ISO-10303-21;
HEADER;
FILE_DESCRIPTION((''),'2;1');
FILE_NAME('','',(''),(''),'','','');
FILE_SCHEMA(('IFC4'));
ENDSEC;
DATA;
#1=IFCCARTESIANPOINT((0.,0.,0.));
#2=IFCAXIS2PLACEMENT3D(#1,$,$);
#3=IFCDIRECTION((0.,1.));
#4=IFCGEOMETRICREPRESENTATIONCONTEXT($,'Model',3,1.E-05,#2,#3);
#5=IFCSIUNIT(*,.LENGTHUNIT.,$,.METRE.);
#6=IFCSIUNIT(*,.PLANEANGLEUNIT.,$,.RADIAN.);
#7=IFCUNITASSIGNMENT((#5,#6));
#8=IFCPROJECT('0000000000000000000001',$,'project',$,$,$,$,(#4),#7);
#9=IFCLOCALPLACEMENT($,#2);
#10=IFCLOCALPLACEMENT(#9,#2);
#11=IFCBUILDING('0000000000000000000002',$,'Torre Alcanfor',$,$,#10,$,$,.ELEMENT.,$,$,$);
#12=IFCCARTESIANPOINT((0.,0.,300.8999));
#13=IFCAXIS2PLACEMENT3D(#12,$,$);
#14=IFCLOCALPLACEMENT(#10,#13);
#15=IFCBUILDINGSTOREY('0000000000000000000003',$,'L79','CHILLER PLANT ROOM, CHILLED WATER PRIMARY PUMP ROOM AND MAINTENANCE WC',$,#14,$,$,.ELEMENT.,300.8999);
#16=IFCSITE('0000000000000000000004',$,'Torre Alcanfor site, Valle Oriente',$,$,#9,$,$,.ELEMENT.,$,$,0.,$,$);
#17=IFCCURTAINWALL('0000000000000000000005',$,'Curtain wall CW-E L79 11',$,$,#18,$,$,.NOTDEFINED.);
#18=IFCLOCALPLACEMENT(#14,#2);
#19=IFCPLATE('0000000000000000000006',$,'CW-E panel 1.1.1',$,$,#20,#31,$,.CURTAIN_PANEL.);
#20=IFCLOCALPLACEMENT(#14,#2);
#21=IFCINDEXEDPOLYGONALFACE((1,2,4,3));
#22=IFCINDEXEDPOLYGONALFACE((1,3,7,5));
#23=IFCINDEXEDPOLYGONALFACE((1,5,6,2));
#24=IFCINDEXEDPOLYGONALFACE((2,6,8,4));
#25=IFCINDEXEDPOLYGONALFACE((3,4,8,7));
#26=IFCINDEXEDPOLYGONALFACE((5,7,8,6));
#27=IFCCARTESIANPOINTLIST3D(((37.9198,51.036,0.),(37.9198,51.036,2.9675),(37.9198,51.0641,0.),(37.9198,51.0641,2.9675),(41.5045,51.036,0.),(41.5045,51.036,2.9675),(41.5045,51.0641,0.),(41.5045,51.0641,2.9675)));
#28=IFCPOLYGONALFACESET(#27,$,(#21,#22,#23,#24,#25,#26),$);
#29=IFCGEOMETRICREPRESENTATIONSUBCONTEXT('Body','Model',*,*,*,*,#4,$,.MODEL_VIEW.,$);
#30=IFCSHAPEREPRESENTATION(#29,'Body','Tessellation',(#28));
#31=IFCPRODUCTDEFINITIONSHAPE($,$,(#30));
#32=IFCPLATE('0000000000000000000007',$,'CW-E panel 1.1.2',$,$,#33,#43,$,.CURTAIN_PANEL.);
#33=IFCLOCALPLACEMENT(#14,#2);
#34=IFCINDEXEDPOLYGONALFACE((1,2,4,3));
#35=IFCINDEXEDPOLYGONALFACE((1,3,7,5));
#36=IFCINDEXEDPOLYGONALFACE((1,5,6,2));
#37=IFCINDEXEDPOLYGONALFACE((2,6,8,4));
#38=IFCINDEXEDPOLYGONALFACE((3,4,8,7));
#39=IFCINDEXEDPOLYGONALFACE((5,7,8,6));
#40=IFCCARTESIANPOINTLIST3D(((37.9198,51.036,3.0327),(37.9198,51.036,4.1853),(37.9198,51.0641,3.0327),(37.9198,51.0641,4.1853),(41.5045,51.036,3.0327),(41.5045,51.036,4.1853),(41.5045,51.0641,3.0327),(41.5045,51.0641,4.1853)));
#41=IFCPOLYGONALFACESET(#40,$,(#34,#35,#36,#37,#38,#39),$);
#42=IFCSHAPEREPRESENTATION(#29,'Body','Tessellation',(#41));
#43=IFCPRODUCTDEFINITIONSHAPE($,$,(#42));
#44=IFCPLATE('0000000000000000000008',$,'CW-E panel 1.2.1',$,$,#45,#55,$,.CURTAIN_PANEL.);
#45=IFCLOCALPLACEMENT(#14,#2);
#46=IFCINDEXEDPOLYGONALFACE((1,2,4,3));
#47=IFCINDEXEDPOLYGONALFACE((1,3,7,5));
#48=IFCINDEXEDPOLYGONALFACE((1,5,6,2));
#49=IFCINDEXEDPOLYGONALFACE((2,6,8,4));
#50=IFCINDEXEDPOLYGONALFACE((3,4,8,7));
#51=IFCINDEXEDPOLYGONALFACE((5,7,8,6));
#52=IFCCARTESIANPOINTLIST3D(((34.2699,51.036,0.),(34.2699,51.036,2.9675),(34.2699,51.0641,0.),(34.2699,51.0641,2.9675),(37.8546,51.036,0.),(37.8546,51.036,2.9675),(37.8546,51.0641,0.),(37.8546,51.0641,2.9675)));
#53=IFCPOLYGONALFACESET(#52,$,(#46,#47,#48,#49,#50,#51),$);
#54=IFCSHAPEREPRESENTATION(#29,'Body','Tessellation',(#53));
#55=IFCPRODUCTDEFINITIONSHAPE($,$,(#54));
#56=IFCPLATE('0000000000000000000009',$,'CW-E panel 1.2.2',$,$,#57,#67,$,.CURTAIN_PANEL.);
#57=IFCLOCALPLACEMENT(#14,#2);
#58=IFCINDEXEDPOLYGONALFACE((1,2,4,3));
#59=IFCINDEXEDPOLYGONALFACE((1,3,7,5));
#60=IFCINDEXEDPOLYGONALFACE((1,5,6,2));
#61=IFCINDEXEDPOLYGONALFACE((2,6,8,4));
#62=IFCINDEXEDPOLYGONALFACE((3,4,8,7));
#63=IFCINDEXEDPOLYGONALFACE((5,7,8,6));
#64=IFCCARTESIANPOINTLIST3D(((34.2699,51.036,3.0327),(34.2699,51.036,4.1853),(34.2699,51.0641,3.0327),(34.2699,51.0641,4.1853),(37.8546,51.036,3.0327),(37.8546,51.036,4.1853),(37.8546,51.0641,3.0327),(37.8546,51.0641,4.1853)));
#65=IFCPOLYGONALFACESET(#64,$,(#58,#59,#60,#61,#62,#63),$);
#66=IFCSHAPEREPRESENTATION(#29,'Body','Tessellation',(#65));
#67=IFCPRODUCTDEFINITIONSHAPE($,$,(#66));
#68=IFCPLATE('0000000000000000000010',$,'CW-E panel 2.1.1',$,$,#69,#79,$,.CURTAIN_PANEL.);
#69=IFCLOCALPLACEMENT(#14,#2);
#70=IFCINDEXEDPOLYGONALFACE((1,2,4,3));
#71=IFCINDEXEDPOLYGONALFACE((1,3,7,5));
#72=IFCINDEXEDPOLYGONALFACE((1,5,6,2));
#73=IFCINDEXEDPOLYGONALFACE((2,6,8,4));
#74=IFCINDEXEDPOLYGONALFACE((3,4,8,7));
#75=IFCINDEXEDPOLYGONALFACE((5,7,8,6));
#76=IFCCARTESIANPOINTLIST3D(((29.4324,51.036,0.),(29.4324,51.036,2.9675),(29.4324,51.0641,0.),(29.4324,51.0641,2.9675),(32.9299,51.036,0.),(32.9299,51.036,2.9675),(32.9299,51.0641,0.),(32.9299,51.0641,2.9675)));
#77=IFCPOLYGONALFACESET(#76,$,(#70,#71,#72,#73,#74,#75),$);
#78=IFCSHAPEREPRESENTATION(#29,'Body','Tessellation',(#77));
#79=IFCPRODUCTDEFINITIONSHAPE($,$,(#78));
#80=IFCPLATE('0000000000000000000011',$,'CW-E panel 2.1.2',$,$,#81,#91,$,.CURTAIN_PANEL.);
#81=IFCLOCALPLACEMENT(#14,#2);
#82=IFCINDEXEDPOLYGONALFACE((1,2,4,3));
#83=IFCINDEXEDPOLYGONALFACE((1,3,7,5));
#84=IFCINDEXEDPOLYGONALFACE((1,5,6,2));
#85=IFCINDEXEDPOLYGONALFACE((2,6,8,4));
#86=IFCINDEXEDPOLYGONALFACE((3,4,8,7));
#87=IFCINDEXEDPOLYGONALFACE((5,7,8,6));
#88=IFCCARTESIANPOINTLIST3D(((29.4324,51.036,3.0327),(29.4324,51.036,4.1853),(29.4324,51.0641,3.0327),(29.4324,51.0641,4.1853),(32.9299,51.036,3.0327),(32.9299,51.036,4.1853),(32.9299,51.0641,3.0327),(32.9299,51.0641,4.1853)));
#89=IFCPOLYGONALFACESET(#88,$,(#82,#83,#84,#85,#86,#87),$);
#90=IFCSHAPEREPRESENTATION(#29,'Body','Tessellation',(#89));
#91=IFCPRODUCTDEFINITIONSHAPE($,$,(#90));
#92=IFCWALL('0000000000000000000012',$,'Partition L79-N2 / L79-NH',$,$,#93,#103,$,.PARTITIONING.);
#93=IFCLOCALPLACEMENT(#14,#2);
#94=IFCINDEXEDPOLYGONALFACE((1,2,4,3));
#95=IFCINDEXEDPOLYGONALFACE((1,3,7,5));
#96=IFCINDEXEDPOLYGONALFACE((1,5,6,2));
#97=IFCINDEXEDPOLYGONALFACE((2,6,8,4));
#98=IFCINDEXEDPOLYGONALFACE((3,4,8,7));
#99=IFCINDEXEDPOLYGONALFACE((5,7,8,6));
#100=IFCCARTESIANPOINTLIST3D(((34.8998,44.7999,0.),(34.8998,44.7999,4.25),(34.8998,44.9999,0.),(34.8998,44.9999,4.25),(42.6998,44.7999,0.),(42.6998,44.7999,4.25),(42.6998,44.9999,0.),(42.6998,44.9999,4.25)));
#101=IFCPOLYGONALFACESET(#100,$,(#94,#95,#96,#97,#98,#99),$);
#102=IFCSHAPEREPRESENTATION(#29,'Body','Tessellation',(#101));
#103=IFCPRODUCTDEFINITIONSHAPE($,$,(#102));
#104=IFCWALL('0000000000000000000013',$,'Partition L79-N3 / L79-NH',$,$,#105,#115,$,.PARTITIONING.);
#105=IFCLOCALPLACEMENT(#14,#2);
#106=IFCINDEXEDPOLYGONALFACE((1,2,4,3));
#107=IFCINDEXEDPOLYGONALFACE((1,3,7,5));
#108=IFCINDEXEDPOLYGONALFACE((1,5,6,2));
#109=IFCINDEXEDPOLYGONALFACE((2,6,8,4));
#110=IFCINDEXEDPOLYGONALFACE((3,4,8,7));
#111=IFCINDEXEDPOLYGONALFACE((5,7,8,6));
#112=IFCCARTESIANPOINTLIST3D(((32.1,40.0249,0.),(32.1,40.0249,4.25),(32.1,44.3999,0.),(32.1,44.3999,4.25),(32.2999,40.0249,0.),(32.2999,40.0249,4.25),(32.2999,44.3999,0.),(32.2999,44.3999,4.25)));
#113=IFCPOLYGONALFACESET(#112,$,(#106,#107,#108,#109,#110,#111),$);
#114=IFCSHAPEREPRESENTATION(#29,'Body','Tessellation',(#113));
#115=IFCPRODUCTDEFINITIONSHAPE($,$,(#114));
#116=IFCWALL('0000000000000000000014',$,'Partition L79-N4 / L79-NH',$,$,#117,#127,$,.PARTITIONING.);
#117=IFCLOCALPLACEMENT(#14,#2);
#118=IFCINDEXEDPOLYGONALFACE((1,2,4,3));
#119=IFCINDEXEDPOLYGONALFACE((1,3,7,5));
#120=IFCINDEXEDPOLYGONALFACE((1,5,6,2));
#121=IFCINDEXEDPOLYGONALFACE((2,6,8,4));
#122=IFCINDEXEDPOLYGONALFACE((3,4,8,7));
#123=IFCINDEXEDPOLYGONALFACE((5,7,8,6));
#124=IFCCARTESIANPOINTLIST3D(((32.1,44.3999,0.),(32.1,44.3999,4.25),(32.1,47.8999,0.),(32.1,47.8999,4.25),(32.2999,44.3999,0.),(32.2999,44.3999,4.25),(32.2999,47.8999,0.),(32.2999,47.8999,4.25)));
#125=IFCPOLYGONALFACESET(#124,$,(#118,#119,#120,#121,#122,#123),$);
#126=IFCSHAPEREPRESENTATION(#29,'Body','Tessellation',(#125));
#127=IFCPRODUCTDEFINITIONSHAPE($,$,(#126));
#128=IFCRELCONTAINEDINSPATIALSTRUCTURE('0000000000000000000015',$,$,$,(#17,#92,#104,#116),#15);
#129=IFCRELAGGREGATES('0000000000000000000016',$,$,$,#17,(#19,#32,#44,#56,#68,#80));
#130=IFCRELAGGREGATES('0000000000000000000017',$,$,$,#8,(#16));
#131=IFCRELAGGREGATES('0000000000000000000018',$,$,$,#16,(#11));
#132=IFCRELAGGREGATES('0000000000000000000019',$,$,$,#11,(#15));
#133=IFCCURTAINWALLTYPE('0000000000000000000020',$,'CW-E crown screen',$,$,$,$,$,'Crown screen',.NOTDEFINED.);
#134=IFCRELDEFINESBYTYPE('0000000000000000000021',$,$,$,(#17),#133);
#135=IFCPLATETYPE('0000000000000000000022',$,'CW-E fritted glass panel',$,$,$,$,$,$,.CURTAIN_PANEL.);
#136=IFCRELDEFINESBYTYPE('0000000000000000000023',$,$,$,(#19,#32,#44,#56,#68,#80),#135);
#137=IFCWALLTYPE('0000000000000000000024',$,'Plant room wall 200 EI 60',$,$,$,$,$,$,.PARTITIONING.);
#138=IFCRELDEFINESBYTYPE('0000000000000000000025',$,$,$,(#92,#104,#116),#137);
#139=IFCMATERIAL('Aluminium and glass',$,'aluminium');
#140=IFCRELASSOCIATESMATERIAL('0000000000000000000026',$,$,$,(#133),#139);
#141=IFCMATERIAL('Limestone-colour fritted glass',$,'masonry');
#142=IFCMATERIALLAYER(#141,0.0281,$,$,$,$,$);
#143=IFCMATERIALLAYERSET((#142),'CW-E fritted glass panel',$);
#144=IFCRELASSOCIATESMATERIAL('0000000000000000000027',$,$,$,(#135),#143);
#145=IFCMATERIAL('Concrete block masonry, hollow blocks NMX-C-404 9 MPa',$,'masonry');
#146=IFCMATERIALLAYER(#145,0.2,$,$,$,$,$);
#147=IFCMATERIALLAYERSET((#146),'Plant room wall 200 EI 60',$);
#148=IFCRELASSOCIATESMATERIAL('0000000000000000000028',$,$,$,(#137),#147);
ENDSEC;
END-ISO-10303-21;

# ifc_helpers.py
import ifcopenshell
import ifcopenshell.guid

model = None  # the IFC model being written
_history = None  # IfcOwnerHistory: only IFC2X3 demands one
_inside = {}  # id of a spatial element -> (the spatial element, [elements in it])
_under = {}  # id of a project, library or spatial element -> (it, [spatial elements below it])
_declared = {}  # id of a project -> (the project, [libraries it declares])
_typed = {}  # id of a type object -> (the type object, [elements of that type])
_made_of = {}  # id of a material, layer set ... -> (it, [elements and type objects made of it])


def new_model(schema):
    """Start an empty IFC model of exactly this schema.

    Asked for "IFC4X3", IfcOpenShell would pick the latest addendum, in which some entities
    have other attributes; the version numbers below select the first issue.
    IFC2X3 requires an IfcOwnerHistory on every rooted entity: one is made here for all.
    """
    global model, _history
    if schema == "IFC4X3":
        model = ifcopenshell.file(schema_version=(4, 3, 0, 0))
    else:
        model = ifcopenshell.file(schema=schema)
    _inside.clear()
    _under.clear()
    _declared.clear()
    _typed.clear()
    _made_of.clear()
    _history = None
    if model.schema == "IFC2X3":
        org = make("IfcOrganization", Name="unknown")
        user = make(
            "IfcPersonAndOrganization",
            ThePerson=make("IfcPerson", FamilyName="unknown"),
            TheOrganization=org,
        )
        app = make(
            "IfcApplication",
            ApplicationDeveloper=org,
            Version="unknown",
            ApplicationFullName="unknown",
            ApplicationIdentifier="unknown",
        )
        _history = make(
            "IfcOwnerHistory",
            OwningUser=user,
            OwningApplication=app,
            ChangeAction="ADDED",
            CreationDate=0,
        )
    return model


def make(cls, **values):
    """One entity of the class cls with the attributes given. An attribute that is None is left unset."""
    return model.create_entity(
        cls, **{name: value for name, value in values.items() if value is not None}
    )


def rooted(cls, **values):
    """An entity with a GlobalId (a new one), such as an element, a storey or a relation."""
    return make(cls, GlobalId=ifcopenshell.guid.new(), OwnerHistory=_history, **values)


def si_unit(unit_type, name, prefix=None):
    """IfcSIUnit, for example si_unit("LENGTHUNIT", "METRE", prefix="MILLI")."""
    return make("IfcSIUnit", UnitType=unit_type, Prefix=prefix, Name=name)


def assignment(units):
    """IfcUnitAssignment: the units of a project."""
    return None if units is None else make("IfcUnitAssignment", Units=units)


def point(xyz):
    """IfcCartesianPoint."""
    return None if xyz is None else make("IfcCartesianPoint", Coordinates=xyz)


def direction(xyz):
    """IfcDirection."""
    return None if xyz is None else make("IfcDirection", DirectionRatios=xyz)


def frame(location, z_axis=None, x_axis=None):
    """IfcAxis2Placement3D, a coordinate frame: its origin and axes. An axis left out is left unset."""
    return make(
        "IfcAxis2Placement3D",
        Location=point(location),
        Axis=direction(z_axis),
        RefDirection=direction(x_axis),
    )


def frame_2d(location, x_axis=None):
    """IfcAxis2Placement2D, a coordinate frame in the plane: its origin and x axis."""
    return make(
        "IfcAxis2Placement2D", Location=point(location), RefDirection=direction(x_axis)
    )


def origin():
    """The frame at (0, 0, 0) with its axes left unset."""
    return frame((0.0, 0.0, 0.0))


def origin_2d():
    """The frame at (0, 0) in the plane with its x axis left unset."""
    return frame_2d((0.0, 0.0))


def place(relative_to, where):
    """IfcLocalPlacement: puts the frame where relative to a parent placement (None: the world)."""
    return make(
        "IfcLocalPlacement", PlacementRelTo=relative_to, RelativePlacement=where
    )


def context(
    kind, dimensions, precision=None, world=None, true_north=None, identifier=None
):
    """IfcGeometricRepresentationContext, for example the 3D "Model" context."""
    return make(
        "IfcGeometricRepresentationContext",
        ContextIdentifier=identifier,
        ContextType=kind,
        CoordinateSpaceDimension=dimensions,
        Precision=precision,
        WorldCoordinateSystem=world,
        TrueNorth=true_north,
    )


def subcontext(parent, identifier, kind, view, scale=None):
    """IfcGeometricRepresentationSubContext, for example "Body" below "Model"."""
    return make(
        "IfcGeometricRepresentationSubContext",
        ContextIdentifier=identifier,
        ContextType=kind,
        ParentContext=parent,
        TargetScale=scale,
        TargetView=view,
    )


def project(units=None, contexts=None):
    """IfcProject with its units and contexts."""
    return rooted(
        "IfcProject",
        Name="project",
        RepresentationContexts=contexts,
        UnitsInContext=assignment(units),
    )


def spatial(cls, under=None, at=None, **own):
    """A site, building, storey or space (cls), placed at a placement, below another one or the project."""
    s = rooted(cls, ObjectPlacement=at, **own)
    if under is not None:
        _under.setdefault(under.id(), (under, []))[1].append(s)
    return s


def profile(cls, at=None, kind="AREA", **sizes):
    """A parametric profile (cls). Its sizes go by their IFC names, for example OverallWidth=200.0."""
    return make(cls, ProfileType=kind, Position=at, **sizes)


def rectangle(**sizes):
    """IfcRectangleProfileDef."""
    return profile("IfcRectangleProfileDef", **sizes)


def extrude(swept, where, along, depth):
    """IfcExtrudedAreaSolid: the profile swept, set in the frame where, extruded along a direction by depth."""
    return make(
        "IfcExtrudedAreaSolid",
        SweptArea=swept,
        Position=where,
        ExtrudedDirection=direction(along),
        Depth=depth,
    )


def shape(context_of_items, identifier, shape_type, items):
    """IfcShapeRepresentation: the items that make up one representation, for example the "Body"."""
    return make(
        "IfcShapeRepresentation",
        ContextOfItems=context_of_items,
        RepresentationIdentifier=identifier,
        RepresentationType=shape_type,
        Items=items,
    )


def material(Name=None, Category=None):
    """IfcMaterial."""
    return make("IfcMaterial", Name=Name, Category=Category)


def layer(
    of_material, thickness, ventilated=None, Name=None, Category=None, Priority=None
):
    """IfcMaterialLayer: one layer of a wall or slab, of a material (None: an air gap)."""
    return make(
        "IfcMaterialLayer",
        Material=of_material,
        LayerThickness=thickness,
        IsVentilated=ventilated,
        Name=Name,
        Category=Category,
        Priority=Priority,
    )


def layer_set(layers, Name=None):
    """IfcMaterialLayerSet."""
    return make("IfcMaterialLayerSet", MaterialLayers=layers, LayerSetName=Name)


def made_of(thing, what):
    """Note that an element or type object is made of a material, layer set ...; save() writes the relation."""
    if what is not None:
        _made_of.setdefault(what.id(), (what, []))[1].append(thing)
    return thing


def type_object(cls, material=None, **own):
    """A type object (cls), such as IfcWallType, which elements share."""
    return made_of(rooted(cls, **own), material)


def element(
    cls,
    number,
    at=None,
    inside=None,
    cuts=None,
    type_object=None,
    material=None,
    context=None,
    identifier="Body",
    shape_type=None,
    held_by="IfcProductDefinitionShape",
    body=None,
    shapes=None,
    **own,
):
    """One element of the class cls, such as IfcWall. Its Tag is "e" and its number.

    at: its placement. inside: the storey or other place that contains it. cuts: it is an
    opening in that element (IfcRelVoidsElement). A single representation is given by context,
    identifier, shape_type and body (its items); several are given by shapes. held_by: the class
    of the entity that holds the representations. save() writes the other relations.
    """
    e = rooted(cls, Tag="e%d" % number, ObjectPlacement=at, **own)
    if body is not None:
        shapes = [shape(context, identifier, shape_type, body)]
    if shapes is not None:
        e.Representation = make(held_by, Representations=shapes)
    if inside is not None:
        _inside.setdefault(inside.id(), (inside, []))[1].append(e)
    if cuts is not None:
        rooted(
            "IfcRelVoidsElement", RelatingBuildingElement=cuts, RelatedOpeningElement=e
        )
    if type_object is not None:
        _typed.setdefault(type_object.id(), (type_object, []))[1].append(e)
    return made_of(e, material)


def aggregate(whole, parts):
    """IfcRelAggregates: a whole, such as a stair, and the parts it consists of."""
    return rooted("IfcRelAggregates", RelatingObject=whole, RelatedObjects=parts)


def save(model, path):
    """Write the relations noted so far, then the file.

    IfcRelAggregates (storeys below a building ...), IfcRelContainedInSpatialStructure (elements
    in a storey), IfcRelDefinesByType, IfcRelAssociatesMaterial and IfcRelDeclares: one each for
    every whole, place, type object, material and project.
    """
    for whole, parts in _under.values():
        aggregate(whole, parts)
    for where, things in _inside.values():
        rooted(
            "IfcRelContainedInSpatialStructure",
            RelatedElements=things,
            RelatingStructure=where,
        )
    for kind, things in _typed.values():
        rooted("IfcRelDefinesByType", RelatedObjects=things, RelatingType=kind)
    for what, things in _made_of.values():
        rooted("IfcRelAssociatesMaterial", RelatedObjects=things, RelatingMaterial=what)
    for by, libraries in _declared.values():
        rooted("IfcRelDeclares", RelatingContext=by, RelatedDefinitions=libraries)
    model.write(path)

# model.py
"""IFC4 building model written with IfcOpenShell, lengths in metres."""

from ifc_helpers import new_model, si_unit, direction, frame, frame_2d, origin, origin_2d, place, context, subcontext, project, spatial, rectangle, extrude, material, layer, layer_set, type_object, element, aggregate, save


model = new_model("IFC4")

# Units and contexts
model_context = context("Model", 3, precision=1e-05, world=origin(), true_north=direction((0.0, 1.0)))
body_context = subcontext(model_context, "Body", "Model", "MODEL_VIEW")
ifc_project = project(units=[si_unit("LENGTHUNIT", "METRE"), si_unit("PLANEANGLEUNIT", "RADIAN")], contexts=[model_context])

# Site, building, storey
site_placement = place(None, origin())
site = spatial("IfcSite", under=ifc_project, at=site_placement, Name="Torre Alcanfor site, Valle Oriente", CompositionType="ELEMENT", RefElevation=0.0)
building_placement = place(site_placement, origin())
building = spatial("IfcBuilding", under=site, at=building_placement, Name="Torre Alcanfor", CompositionType="ELEMENT")
storey_placement = place(building_placement, frame((0.0, 0.0, 300.8999)))
storey = spatial("IfcBuildingStorey", under=building, at=storey_placement, Name="L79", Description="CHILLER PLANT ROOM, CHILLED WATER PRIMARY PUMP ROOM AND MAINTENANCE WC", CompositionType="ELEMENT", Elevation=300.8999)

# Curtain wall
ifc_material_1 = material(Name="Aluminium and glass", Category="aluminium")
curtain_wall_type = type_object("IfcCurtainWallType", Name="CW-E crown screen", ElementType="Crown screen", PredefinedType="NOTDEFINED", material=ifc_material_1)
curtain_wall_placement = place(storey_placement, origin())
curtain_wall = element("IfcCurtainWall", 1, at=curtain_wall_placement, inside=storey, type_object=curtain_wall_type, Name="Curtain wall CW-E L79 11", PredefinedType="NOTDEFINED")

# Plates
ifc_material_2 = material(Name="Limestone-colour fritted glass", Category="masonry")
ifc_layer_1 = layer(ifc_material_2, 0.0281)
ifc_layer_set_1 = layer_set([ifc_layer_1], Name="CW-E fritted glass panel")
plate_type = type_object("IfcPlateType", Name="CW-E fritted glass panel", PredefinedType="CURTAIN_PANEL", material=ifc_layer_set_1)
plate_1_placement = place(storey_placement, frame((39.7122, 51.05, 0.0), z_axis=(0.0, 0.0, 1.0), x_axis=(-1.0, 0.0, 0.0)))
plate_1 = element("IfcPlate", 2, at=plate_1_placement, type_object=plate_type, Name="CW-E panel 1.1.1", PredefinedType="CURTAIN_PANEL", context=body_context, shape_type="SweptSolid", body=[
    extrude(rectangle(XDim=3.5847, YDim=0.0281, at=origin_2d()), origin(), (0.0, 0.0, 1.0), 2.9675),
])
plate_2_placement = place(storey_placement, frame((39.7122, 51.05, 3.0327), z_axis=(0.0, 0.0, 1.0), x_axis=(-1.0, 0.0, 0.0)))
plate_2 = element("IfcPlate", 3, at=plate_2_placement, type_object=plate_type, Name="CW-E panel 1.1.2", PredefinedType="CURTAIN_PANEL", context=body_context, shape_type="SweptSolid", body=[
    extrude(rectangle(XDim=3.5847, YDim=0.0281, at=origin_2d()), origin(), (0.0, 0.0, 1.0), 1.1526),
])
plate_3_placement = place(storey_placement, frame((36.0623, 51.05, 0.0), z_axis=(0.0, 0.0, 1.0), x_axis=(-1.0, 0.0, 0.0)))
plate_3 = element("IfcPlate", 4, at=plate_3_placement, type_object=plate_type, Name="CW-E panel 1.2.1", PredefinedType="CURTAIN_PANEL", context=body_context, shape_type="SweptSolid", body=[
    extrude(rectangle(XDim=3.5847, YDim=0.0281, at=origin_2d()), origin(), (0.0, 0.0, 1.0), 2.9675),
])
plate_4_placement = place(storey_placement, frame((36.0623, 51.05, 3.0327), z_axis=(0.0, 0.0, 1.0), x_axis=(-1.0, 0.0, 0.0)))
plate_4 = element("IfcPlate", 5, at=plate_4_placement, type_object=plate_type, Name="CW-E panel 1.2.2", PredefinedType="CURTAIN_PANEL", context=body_context, shape_type="SweptSolid", body=[
    extrude(rectangle(XDim=3.5847, YDim=0.0281, at=origin_2d()), origin(), (0.0, 0.0, 1.0), 1.1526),
])
plate_5_placement = place(storey_placement, frame((31.1812, 51.05, 0.0), z_axis=(0.0, 0.0, 1.0), x_axis=(-1.0, 0.0, 0.0)))
plate_5 = element("IfcPlate", 6, at=plate_5_placement, type_object=plate_type, Name="CW-E panel 2.1.1", PredefinedType="CURTAIN_PANEL", context=body_context, shape_type="SweptSolid", body=[
    extrude(rectangle(XDim=3.4976, YDim=0.0281, at=origin_2d()), origin(), (0.0, 0.0, 1.0), 2.9675),
])
plate_6_placement = place(storey_placement, frame((31.1812, 51.05, 3.0327), z_axis=(0.0, 0.0, 1.0), x_axis=(-1.0, 0.0, 0.0)))
plate_6 = element("IfcPlate", 7, at=plate_6_placement, type_object=plate_type, Name="CW-E panel 2.1.2", PredefinedType="CURTAIN_PANEL", context=body_context, shape_type="SweptSolid", body=[
    extrude(rectangle(XDim=3.4976, YDim=0.0281, at=origin_2d()), origin(), (0.0, 0.0, 1.0), 1.1526),
])
aggregate(curtain_wall, [plate_1, plate_2, plate_3, plate_4, plate_5, plate_6])

# Walls
ifc_material_3 = material(Name="Concrete block masonry, hollow blocks NMX-C-404 9 MPa", Category="masonry")
ifc_layer_2 = layer(ifc_material_3, 0.2)
ifc_layer_set_2 = layer_set([ifc_layer_2], Name="Plant room wall 200 EI 60")
wall_type = type_object("IfcWallType", Name="Plant room wall 200 EI 60", PredefinedType="PARTITIONING", material=ifc_layer_set_2)
wall_1_placement = place(storey_placement, frame((34.8999, 44.8999, 0.0), z_axis=(0.0, 0.0, 1.0), x_axis=(1.0, 0.0, 0.0)))
element("IfcWall", 8, at=wall_1_placement, inside=storey, type_object=wall_type, Name="Partition L79-N2 / L79-NH", PredefinedType="PARTITIONING", context=body_context, shape_type="SweptSolid", body=[
    extrude(rectangle(XDim=7.8, YDim=0.2, at=frame_2d((3.8999, 0.0))), origin(), (0.0, 0.0, 1.0), 4.25),
])
wall_2_placement = place(storey_placement, frame((32.2, 44.3999, 0.0), z_axis=(0.0, 0.0, 1.0), x_axis=(0.0, -1.0, 0.0)))
element("IfcWall", 9, at=wall_2_placement, inside=storey, type_object=wall_type, Name="Partition L79-N3 / L79-NH", PredefinedType="PARTITIONING", context=body_context, shape_type="SweptSolid", body=[
    extrude(rectangle(XDim=4.375, YDim=0.2, at=frame_2d((2.1875, 0.0))), origin(), (0.0, 0.0, 1.0), 4.25),
])
wall_3_placement = place(storey_placement, frame((32.2, 47.8999, 0.0), z_axis=(0.0, 0.0, 1.0), x_axis=(0.0, -1.0, 0.0)))
element("IfcWall", 10, at=wall_3_placement, inside=storey, type_object=wall_type, Name="Partition L79-N4 / L79-NH", PredefinedType="PARTITIONING", context=body_context, shape_type="SweptSolid", body=[
    extrude(rectangle(XDim=3.5, YDim=0.2, at=frame_2d((1.75, 0.0))), origin(), (0.0, 0.0, 1.0), 4.25),
])

save(model, "model.ifc")
